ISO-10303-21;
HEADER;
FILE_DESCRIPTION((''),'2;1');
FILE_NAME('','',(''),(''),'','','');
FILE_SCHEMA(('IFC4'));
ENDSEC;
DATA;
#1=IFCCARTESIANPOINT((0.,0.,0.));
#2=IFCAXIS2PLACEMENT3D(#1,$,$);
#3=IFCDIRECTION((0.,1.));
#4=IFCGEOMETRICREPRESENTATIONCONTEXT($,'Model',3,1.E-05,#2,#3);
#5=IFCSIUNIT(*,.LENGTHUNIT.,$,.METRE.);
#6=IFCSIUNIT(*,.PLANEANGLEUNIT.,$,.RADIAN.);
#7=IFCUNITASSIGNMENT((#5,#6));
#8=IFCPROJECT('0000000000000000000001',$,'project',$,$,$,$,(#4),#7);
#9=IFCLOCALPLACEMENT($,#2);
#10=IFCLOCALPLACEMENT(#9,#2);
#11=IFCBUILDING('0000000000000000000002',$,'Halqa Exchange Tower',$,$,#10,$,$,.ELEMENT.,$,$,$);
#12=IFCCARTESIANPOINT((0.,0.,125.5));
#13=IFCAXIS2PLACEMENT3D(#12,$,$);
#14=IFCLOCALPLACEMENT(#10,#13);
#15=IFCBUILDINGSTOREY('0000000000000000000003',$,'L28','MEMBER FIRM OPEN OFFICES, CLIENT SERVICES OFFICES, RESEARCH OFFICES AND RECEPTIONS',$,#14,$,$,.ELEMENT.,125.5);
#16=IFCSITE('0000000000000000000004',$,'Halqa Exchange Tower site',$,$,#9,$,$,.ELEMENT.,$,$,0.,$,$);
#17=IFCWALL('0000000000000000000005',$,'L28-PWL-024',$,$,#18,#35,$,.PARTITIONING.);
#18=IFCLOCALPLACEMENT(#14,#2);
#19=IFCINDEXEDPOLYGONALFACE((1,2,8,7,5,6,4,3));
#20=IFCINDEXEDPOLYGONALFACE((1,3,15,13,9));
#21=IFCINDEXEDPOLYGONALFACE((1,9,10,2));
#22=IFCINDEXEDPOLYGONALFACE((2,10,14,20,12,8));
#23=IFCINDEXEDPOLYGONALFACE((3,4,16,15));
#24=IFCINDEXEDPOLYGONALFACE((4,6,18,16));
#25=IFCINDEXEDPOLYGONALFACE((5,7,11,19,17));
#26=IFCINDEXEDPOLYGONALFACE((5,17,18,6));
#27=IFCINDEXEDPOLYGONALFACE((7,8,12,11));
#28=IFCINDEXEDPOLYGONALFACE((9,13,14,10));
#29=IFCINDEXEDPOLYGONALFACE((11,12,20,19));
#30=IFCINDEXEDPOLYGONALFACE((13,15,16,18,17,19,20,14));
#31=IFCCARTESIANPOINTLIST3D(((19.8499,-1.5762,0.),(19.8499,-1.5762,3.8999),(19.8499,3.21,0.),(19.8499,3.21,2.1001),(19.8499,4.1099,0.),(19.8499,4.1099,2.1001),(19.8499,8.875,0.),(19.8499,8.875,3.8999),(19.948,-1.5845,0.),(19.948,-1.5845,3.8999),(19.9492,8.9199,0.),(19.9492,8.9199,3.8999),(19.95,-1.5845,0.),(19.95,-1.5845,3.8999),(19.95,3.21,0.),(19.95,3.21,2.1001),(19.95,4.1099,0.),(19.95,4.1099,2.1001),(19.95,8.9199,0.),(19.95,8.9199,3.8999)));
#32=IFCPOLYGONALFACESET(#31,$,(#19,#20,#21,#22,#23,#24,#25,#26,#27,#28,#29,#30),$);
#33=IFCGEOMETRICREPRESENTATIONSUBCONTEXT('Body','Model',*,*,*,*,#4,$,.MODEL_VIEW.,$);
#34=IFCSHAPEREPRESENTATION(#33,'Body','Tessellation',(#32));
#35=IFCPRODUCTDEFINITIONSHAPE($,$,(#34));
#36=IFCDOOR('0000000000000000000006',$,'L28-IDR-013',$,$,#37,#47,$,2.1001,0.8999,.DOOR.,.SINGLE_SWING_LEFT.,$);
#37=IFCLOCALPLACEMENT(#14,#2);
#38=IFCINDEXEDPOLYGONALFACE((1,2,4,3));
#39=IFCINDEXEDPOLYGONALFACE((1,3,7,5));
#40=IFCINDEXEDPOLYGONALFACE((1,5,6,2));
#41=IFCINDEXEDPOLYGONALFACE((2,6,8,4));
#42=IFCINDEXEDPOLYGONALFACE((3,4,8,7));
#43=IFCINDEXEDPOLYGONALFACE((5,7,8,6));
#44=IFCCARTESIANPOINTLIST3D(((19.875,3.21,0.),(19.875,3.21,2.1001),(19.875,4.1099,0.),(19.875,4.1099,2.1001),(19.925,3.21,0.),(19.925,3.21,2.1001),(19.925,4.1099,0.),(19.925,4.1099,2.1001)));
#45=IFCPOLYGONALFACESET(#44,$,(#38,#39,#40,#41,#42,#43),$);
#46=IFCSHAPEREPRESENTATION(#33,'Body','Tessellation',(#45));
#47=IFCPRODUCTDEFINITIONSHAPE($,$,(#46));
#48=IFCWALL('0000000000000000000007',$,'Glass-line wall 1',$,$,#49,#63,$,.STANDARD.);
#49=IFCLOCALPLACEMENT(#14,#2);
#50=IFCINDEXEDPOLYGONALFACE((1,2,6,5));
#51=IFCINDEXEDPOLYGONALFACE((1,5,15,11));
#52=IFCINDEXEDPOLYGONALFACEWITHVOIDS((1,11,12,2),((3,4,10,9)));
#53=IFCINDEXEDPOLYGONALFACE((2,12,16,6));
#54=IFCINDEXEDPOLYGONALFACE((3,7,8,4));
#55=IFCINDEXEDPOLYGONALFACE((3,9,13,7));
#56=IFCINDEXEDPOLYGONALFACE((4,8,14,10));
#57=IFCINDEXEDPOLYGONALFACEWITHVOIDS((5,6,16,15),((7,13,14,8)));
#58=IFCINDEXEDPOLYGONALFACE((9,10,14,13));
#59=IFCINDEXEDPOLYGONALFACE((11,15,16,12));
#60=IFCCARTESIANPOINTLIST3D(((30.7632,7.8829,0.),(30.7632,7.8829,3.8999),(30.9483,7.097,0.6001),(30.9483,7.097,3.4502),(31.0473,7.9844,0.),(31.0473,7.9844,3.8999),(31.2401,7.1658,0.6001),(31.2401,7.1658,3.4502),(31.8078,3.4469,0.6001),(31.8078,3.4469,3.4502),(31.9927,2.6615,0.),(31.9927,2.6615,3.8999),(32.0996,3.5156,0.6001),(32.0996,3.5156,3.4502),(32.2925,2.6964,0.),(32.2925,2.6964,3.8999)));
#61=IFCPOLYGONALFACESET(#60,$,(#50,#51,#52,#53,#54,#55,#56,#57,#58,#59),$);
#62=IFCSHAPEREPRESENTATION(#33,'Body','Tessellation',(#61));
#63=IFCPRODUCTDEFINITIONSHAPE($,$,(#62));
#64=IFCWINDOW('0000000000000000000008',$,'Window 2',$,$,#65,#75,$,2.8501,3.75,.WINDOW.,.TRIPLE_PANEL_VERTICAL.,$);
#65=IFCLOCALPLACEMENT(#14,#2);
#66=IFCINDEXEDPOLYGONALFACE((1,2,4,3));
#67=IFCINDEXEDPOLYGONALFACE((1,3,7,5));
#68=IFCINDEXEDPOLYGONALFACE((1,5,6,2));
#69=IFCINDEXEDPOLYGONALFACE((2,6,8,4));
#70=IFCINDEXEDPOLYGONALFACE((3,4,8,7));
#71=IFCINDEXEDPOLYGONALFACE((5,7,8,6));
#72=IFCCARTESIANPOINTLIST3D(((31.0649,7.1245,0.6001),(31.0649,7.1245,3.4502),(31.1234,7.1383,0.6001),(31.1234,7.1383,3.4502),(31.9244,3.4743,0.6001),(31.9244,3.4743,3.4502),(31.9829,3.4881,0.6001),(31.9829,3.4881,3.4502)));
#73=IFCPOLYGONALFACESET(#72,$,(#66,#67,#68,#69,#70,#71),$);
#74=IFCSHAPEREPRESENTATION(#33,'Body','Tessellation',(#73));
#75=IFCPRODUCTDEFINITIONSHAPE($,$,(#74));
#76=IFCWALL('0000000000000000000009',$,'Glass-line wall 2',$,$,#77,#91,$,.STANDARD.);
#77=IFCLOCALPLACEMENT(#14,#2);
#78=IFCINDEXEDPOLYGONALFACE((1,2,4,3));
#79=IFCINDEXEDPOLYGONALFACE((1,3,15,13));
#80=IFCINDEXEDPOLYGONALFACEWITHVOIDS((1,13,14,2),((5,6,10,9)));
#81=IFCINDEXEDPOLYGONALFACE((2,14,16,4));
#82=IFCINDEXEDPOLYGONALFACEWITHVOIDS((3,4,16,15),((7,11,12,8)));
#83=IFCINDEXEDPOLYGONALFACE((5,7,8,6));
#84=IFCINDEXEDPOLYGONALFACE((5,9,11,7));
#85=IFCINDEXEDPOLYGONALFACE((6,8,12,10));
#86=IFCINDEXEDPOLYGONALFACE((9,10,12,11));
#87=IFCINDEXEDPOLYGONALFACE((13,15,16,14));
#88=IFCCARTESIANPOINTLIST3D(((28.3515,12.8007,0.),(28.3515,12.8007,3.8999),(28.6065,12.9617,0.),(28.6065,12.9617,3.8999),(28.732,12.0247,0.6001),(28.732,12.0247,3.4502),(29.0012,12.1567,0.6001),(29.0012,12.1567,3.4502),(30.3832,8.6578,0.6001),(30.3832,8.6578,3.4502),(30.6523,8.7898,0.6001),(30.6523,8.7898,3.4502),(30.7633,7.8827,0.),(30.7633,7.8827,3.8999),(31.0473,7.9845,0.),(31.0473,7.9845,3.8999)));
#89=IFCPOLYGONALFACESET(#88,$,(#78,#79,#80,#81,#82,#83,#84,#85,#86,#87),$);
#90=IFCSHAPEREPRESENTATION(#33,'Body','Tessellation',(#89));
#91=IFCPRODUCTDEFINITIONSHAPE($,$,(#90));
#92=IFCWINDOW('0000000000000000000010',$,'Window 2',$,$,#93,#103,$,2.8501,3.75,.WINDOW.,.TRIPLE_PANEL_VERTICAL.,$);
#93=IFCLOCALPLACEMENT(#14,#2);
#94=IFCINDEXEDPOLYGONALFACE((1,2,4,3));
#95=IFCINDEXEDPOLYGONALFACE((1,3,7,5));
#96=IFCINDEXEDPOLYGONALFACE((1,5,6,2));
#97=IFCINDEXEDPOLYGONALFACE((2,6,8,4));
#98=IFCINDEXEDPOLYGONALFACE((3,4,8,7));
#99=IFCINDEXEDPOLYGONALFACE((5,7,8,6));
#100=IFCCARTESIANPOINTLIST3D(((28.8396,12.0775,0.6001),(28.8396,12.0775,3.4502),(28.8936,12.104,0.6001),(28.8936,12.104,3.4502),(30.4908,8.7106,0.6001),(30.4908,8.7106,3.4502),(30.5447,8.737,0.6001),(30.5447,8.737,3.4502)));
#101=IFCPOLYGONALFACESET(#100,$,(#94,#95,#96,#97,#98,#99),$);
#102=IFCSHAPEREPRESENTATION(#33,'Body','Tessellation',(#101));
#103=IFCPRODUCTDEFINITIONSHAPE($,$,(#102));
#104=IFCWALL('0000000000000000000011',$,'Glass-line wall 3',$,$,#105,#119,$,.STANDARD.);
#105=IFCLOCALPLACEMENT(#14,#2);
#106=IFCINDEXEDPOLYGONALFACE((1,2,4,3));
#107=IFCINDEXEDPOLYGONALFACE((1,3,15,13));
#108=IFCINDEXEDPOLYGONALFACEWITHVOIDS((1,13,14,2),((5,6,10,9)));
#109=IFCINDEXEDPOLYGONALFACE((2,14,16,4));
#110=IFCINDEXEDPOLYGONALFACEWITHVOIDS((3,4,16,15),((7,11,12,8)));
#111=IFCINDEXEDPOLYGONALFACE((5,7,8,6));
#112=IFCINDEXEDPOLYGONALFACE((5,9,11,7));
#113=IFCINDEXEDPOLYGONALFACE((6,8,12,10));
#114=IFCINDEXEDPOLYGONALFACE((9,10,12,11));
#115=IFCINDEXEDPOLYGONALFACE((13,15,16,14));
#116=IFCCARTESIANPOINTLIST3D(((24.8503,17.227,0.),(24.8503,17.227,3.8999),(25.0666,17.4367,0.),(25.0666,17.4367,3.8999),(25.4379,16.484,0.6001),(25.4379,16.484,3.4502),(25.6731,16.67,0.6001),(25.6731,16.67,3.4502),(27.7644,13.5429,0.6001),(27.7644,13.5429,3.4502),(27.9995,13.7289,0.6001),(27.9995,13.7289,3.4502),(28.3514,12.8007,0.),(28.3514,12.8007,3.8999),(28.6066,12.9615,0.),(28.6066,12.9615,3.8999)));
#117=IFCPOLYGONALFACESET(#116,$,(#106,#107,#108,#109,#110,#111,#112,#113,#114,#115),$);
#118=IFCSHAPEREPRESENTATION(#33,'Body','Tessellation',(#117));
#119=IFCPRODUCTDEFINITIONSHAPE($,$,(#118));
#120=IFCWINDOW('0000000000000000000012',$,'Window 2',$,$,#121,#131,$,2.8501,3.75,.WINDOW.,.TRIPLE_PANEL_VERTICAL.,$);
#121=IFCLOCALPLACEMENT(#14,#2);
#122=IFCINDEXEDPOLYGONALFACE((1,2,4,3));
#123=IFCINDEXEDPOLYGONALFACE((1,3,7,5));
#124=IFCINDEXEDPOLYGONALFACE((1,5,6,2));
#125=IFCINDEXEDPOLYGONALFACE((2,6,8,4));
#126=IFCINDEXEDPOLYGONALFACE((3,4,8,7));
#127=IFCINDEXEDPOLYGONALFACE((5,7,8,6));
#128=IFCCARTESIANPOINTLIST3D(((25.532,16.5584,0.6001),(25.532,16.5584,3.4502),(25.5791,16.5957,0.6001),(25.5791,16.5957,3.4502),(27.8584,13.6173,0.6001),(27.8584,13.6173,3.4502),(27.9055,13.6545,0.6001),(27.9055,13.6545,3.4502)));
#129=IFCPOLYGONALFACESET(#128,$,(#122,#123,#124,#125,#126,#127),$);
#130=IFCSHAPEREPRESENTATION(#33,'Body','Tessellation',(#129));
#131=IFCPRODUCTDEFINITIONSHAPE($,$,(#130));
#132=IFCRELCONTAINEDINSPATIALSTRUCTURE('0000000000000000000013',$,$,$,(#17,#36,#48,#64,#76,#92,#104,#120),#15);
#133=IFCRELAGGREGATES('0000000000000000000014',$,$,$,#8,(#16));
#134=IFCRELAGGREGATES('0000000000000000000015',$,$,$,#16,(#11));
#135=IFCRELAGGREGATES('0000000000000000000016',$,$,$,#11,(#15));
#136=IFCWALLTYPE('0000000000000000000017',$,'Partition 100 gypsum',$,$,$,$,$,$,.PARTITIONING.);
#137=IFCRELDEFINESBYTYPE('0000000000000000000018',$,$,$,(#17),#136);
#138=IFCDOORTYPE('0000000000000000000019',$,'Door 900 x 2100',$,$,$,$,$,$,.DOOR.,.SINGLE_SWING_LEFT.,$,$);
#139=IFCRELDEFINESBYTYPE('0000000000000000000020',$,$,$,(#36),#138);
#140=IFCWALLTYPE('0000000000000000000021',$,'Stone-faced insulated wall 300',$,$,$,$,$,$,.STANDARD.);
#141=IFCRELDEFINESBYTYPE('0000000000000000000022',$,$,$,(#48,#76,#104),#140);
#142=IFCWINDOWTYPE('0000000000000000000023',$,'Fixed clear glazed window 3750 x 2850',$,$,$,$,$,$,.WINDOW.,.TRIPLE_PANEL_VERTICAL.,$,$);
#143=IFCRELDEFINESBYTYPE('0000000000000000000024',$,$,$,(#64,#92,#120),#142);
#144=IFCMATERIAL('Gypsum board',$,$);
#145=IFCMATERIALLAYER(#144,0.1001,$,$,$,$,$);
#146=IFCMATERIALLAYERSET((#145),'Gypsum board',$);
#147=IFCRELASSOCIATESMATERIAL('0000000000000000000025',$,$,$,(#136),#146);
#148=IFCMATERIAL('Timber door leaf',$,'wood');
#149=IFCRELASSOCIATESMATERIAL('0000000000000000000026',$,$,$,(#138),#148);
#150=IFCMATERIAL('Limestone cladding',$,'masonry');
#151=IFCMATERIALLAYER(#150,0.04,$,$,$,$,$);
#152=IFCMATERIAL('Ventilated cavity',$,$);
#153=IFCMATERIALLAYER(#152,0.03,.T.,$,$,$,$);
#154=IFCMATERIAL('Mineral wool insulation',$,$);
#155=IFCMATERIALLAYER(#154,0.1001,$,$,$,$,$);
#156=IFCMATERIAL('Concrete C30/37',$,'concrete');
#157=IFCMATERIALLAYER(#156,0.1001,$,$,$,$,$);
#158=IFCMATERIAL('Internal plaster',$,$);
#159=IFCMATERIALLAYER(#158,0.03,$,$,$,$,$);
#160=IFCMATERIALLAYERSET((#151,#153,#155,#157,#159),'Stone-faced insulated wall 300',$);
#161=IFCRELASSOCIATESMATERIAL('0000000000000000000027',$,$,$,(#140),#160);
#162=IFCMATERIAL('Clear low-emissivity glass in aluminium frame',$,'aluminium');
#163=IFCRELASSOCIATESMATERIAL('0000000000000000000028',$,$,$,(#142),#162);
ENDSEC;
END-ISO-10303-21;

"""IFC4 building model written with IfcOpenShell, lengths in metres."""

from ifc_helpers import new_model, si_unit, direction, frame, frame_2d, origin, place, context, subcontext, project, spatial, polyline, rectangle, outline, extrude, material, layer, layer_set, type_object, element, fill, save


model = new_model("IFC4")

# Units and contexts
model_context = context("Model", 3, precision=1e-05, world=origin(), true_north=direction((0.0, 1.0)))
body_context = subcontext(model_context, "Body", "Model", "MODEL_VIEW")
ifc_project = project(units=[si_unit("LENGTHUNIT", "METRE"), si_unit("PLANEANGLEUNIT", "RADIAN")], contexts=[model_context])

# Site, building, storey
site_placement = place(None, origin())
site = spatial("IfcSite", under=ifc_project, at=site_placement, Name="Halqa Exchange Tower site", CompositionType="ELEMENT", RefElevation=0.0)
building_placement = place(site_placement, origin())
building = spatial("IfcBuilding", under=site, at=building_placement, Name="Halqa Exchange Tower", CompositionType="ELEMENT")
storey_placement = place(building_placement, frame((0.0, 0.0, 125.5)))
storey = spatial("IfcBuildingStorey", under=building, at=storey_placement, Name="L28", Description="MEMBER FIRM OPEN OFFICES, CLIENT SERVICES OFFICES, RESEARCH OFFICES AND RECEPTIONS", CompositionType="ELEMENT", Elevation=125.5)

# Wall, opening, door
ifc_material_1 = material(Name="Gypsum board")
ifc_layer_1 = layer(ifc_material_1, 0.1001)
ifc_layer_set_1 = layer_set([ifc_layer_1], Name="Gypsum board")
wall_type_1 = type_object("IfcWallType", Name="Partition 100 gypsum", PredefinedType="PARTITIONING", material=ifc_layer_set_1)
wall_1_placement = place(storey_placement, frame((19.8999, 8.9199, 0.0), z_axis=(0.0, 0.0, 1.0), x_axis=(0.0, -1.0, 0.0)))
wall_1 = element("IfcWall", 1, at=wall_1_placement, inside=storey, type_object=wall_type_1, Name="L28-PWL-024", PredefinedType="PARTITIONING", context=body_context, shape_type="SweptSolid", body=[
    extrude(outline(polyline([(0.0449, -0.05), (1.7866, -0.05), (3.5286, -0.05), (5.2705, -0.05), (7.0125, -0.05), (8.7544, -0.05), (10.4961, -0.05), (10.5044, 0.0481), (10.5044, 0.05), (8.7537, 0.05), (7.0029, 0.05), (5.2522, 0.05), (3.5015, 0.05), (1.7507, 0.05), (0.0, 0.05), (0.0, 0.0493), (0.0449, -0.05)])), origin(), (0.0, 0.0, 1.0), 3.8999),
])
opening_1_placement = place(wall_1_placement, frame((4.8101, 0.0, 0.0)))
opening_1 = element("IfcOpeningElement", 2, at=opening_1_placement, cuts=wall_1, PredefinedType="OPENING", context=body_context, shape_type="SweptSolid", body=[
    extrude(rectangle(XDim=0.8999, YDim=2.1001, at=frame_2d((0.45, 1.05))), frame((0.0, 0.062, 0.0), z_axis=(0.0, -1.0, 0.0), x_axis=(1.0, 0.0, 0.0)), (0.0, 0.0, 1.0), 0.124),
])
ifc_material_2 = material(Name="Timber door leaf", Category="wood")
door_type = type_object("IfcDoorType", Name="Door 900 x 2100", OperationType="SINGLE_SWING_LEFT", PredefinedType="DOOR", material=ifc_material_2)
door_placement = place(opening_1_placement, frame((0.8999, 0.0, 0.0), z_axis=(0.0, 0.0, 1.0), x_axis=(-1.0, 0.0, 0.0)))
door = element("IfcDoor", 3, at=door_placement, inside=storey, type_object=door_type, Name="L28-IDR-013", OperationType="SINGLE_SWING_LEFT", OverallHeight=2.1001, OverallWidth=0.8999, PredefinedType="DOOR", context=body_context, shape_type="SweptSolid", body=[
    extrude(rectangle(XDim=0.8999, YDim=2.1001, at=frame_2d((0.45, 1.05))), frame((0.0, 0.0249, 0.0), z_axis=(0.0, -1.0, 0.0), x_axis=(1.0, 0.0, 0.0)), (0.0, 0.0, 1.0), 0.05),
])
fill(opening_1, door)

# Walls, openings, windows
ifc_material_3 = material(Name="Limestone cladding", Category="masonry")
ifc_layer_2 = layer(ifc_material_3, 0.04)
ifc_material_4 = material(Name="Ventilated cavity")
ifc_layer_3 = layer(ifc_material_4, 0.03, ventilated=True)
ifc_material_5 = material(Name="Mineral wool insulation")
ifc_layer_4 = layer(ifc_material_5, 0.1001)
ifc_material_6 = material(Name="Concrete C30/37", Category="concrete")
ifc_layer_5 = layer(ifc_material_6, 0.1001)
ifc_material_7 = material(Name="Internal plaster")
ifc_layer_6 = layer(ifc_material_7, 0.03)
ifc_layer_set_2 = layer_set([ifc_layer_2, ifc_layer_3, ifc_layer_4, ifc_layer_5, ifc_layer_6], Name="Stone-faced insulated wall 300")
wall_type_2 = type_object("IfcWallType", Name="Stone-faced insulated wall 300", PredefinedType="STANDARD", material=ifc_layer_set_2)
wall_2_placement = place(storey_placement, frame((32.1426, 2.679, 0.0), z_axis=(0.0, 0.0, 1.0), x_axis=(-0.229201, 0.973379, 0.0)))
wall_2 = element("IfcWall", 4, at=wall_2_placement, inside=storey, type_object=wall_type_2, Name="Glass-line wall 1", PredefinedType="STANDARD", context=body_context, shape_type="SweptSolid", body=[
    extrude(outline(polyline([(-0.0173, -0.1499), (5.4153, -0.1499), (5.3816, 0.1499), (0.0173, 0.1499), (-0.0173, -0.1499)])), origin(), (0.0, 0.0, 1.0), 3.8999),
])
opening_2_placement = place(wall_2_placement, frame((0.8242, 0.0, 0.6001)))
opening_2 = element("IfcOpeningElement", 5, at=opening_2_placement, cuts=wall_2, PredefinedType="OPENING", context=body_context, shape_type="SweptSolid", body=[
    extrude(rectangle(XDim=3.75, YDim=2.8501, at=frame_2d((1.875, 1.425))), frame((0.0, 0.1621, 0.0), z_axis=(0.0, -1.0, 0.0), x_axis=(1.0, 0.0, 0.0)), (0.0, 0.0, 1.0), 0.324),
])
ifc_material_8 = material(Name="Clear low-emissivity glass in aluminium frame", Category="aluminium")
window_type = type_object("IfcWindowType", Name="Fixed clear glazed window 3750 x 2850", PartitioningType="TRIPLE_PANEL_VERTICAL", PredefinedType="WINDOW", material=ifc_material_8)
window_1_placement = place(opening_2_placement, origin())
window_1 = element("IfcWindow", 6, at=window_1_placement, inside=storey, type_object=window_type, Name="Window 2", OverallHeight=2.8501, OverallWidth=3.75, PartitioningType="TRIPLE_PANEL_VERTICAL", PredefinedType="WINDOW", context=body_context, shape_type="SweptSolid", body=[
    extrude(rectangle(XDim=3.75, YDim=2.8501, at=frame_2d((1.875, 1.425))), frame((0.0, 0.03, 0.0), z_axis=(0.0, -1.0, 0.0), x_axis=(1.0, 0.0, 0.0)), (0.0, 0.0, 1.0), 0.0601),
])
fill(opening_2, window_1)
wall_3_placement = place(storey_placement, frame((30.9053, 7.9336, 0.0), z_axis=(0.0, 0.0, 1.0), x_axis=(-0.440306, 0.897848, 0.0)))
wall_3 = element("IfcWall", 7, at=wall_3_placement, inside=storey, type_object=wall_type_2, Name="Glass-line wall 2", PredefinedType="STANDARD", context=body_context, shape_type="SweptSolid", body=[
    extrude(outline(polyline([(-0.0168, -0.1499), (5.5266, -0.1499), (5.4944, 0.1499), (0.0168, 0.1499), (-0.0168, -0.1499)])), origin(), (0.0, 0.0, 1.0), 3.8999),
])
opening_3_placement = place(wall_3_placement, frame((0.8801, 0.0, 0.6001)))
opening_3 = element("IfcOpeningElement", 8, at=opening_3_placement, cuts=wall_3, PredefinedType="OPENING", context=body_context, shape_type="SweptSolid", body=[
    extrude(rectangle(XDim=3.75, YDim=2.8501, at=frame_2d((1.875, 1.425))), frame((0.0, 0.1621, 0.0), z_axis=(0.0, -1.0, 0.0), x_axis=(1.0, 0.0, 0.0)), (0.0, 0.0, 1.0), 0.324),
])
window_2_placement = place(opening_3_placement, origin())
window_2 = element("IfcWindow", 9, at=window_2_placement, inside=storey, type_object=window_type, Name="Window 2", OverallHeight=2.8501, OverallWidth=3.75, PartitioningType="TRIPLE_PANEL_VERTICAL", PredefinedType="WINDOW", context=body_context, shape_type="SweptSolid", body=[
    extrude(rectangle(XDim=3.75, YDim=2.8501, at=frame_2d((1.875, 1.425))), frame((0.0, 0.03, 0.0), z_axis=(0.0, -1.0, 0.0), x_axis=(1.0, 0.0, 0.0)), (0.0, 0.0, 1.0), 0.0601),
])
fill(opening_3, window_2)
wall_4_placement = place(storey_placement, frame((28.479, 12.8811, 0.0), z_axis=(0.0, 0.0, 1.0), x_axis=(-0.620383, 0.784299, 0.0)))
wall_4 = element("IfcWall", 10, at=wall_4_placement, inside=storey, type_object=wall_type_2, Name="Glass-line wall 3", PredefinedType="STANDARD", context=body_context, shape_type="SweptSolid", body=[
    extrude(outline(polyline([(-0.0161, -0.1499), (5.6899, -0.1499), (5.6597, 0.1499), (0.0161, 0.1499), (-0.0161, -0.1499)])), origin(), (0.0, 0.0, 1.0), 3.8999),
])
opening_4_placement = place(wall_4_placement, frame((0.9624, 0.0, 0.6001)))
opening_4 = element("IfcOpeningElement", 11, at=opening_4_placement, cuts=wall_4, PredefinedType="OPENING", context=body_context, shape_type="SweptSolid", body=[
    extrude(rectangle(XDim=3.75, YDim=2.8501, at=frame_2d((1.875, 1.425))), frame((0.0, 0.1621, 0.0), z_axis=(0.0, -1.0, 0.0), x_axis=(1.0, 0.0, 0.0)), (0.0, 0.0, 1.0), 0.324),
])
window_3_placement = place(opening_4_placement, origin())
window_3 = element("IfcWindow", 12, at=window_3_placement, inside=storey, type_object=window_type, Name="Window 2", OverallHeight=2.8501, OverallWidth=3.75, PartitioningType="TRIPLE_PANEL_VERTICAL", PredefinedType="WINDOW", context=body_context, shape_type="SweptSolid", body=[
    extrude(rectangle(XDim=3.75, YDim=2.8501, at=frame_2d((1.875, 1.425))), frame((0.0, 0.03, 0.0), z_axis=(0.0, -1.0, 0.0), x_axis=(1.0, 0.0, 0.0)), (0.0, 0.0, 1.0), 0.0601),
])
fill(opening_4, window_3)

save(model, "model.ifc")
